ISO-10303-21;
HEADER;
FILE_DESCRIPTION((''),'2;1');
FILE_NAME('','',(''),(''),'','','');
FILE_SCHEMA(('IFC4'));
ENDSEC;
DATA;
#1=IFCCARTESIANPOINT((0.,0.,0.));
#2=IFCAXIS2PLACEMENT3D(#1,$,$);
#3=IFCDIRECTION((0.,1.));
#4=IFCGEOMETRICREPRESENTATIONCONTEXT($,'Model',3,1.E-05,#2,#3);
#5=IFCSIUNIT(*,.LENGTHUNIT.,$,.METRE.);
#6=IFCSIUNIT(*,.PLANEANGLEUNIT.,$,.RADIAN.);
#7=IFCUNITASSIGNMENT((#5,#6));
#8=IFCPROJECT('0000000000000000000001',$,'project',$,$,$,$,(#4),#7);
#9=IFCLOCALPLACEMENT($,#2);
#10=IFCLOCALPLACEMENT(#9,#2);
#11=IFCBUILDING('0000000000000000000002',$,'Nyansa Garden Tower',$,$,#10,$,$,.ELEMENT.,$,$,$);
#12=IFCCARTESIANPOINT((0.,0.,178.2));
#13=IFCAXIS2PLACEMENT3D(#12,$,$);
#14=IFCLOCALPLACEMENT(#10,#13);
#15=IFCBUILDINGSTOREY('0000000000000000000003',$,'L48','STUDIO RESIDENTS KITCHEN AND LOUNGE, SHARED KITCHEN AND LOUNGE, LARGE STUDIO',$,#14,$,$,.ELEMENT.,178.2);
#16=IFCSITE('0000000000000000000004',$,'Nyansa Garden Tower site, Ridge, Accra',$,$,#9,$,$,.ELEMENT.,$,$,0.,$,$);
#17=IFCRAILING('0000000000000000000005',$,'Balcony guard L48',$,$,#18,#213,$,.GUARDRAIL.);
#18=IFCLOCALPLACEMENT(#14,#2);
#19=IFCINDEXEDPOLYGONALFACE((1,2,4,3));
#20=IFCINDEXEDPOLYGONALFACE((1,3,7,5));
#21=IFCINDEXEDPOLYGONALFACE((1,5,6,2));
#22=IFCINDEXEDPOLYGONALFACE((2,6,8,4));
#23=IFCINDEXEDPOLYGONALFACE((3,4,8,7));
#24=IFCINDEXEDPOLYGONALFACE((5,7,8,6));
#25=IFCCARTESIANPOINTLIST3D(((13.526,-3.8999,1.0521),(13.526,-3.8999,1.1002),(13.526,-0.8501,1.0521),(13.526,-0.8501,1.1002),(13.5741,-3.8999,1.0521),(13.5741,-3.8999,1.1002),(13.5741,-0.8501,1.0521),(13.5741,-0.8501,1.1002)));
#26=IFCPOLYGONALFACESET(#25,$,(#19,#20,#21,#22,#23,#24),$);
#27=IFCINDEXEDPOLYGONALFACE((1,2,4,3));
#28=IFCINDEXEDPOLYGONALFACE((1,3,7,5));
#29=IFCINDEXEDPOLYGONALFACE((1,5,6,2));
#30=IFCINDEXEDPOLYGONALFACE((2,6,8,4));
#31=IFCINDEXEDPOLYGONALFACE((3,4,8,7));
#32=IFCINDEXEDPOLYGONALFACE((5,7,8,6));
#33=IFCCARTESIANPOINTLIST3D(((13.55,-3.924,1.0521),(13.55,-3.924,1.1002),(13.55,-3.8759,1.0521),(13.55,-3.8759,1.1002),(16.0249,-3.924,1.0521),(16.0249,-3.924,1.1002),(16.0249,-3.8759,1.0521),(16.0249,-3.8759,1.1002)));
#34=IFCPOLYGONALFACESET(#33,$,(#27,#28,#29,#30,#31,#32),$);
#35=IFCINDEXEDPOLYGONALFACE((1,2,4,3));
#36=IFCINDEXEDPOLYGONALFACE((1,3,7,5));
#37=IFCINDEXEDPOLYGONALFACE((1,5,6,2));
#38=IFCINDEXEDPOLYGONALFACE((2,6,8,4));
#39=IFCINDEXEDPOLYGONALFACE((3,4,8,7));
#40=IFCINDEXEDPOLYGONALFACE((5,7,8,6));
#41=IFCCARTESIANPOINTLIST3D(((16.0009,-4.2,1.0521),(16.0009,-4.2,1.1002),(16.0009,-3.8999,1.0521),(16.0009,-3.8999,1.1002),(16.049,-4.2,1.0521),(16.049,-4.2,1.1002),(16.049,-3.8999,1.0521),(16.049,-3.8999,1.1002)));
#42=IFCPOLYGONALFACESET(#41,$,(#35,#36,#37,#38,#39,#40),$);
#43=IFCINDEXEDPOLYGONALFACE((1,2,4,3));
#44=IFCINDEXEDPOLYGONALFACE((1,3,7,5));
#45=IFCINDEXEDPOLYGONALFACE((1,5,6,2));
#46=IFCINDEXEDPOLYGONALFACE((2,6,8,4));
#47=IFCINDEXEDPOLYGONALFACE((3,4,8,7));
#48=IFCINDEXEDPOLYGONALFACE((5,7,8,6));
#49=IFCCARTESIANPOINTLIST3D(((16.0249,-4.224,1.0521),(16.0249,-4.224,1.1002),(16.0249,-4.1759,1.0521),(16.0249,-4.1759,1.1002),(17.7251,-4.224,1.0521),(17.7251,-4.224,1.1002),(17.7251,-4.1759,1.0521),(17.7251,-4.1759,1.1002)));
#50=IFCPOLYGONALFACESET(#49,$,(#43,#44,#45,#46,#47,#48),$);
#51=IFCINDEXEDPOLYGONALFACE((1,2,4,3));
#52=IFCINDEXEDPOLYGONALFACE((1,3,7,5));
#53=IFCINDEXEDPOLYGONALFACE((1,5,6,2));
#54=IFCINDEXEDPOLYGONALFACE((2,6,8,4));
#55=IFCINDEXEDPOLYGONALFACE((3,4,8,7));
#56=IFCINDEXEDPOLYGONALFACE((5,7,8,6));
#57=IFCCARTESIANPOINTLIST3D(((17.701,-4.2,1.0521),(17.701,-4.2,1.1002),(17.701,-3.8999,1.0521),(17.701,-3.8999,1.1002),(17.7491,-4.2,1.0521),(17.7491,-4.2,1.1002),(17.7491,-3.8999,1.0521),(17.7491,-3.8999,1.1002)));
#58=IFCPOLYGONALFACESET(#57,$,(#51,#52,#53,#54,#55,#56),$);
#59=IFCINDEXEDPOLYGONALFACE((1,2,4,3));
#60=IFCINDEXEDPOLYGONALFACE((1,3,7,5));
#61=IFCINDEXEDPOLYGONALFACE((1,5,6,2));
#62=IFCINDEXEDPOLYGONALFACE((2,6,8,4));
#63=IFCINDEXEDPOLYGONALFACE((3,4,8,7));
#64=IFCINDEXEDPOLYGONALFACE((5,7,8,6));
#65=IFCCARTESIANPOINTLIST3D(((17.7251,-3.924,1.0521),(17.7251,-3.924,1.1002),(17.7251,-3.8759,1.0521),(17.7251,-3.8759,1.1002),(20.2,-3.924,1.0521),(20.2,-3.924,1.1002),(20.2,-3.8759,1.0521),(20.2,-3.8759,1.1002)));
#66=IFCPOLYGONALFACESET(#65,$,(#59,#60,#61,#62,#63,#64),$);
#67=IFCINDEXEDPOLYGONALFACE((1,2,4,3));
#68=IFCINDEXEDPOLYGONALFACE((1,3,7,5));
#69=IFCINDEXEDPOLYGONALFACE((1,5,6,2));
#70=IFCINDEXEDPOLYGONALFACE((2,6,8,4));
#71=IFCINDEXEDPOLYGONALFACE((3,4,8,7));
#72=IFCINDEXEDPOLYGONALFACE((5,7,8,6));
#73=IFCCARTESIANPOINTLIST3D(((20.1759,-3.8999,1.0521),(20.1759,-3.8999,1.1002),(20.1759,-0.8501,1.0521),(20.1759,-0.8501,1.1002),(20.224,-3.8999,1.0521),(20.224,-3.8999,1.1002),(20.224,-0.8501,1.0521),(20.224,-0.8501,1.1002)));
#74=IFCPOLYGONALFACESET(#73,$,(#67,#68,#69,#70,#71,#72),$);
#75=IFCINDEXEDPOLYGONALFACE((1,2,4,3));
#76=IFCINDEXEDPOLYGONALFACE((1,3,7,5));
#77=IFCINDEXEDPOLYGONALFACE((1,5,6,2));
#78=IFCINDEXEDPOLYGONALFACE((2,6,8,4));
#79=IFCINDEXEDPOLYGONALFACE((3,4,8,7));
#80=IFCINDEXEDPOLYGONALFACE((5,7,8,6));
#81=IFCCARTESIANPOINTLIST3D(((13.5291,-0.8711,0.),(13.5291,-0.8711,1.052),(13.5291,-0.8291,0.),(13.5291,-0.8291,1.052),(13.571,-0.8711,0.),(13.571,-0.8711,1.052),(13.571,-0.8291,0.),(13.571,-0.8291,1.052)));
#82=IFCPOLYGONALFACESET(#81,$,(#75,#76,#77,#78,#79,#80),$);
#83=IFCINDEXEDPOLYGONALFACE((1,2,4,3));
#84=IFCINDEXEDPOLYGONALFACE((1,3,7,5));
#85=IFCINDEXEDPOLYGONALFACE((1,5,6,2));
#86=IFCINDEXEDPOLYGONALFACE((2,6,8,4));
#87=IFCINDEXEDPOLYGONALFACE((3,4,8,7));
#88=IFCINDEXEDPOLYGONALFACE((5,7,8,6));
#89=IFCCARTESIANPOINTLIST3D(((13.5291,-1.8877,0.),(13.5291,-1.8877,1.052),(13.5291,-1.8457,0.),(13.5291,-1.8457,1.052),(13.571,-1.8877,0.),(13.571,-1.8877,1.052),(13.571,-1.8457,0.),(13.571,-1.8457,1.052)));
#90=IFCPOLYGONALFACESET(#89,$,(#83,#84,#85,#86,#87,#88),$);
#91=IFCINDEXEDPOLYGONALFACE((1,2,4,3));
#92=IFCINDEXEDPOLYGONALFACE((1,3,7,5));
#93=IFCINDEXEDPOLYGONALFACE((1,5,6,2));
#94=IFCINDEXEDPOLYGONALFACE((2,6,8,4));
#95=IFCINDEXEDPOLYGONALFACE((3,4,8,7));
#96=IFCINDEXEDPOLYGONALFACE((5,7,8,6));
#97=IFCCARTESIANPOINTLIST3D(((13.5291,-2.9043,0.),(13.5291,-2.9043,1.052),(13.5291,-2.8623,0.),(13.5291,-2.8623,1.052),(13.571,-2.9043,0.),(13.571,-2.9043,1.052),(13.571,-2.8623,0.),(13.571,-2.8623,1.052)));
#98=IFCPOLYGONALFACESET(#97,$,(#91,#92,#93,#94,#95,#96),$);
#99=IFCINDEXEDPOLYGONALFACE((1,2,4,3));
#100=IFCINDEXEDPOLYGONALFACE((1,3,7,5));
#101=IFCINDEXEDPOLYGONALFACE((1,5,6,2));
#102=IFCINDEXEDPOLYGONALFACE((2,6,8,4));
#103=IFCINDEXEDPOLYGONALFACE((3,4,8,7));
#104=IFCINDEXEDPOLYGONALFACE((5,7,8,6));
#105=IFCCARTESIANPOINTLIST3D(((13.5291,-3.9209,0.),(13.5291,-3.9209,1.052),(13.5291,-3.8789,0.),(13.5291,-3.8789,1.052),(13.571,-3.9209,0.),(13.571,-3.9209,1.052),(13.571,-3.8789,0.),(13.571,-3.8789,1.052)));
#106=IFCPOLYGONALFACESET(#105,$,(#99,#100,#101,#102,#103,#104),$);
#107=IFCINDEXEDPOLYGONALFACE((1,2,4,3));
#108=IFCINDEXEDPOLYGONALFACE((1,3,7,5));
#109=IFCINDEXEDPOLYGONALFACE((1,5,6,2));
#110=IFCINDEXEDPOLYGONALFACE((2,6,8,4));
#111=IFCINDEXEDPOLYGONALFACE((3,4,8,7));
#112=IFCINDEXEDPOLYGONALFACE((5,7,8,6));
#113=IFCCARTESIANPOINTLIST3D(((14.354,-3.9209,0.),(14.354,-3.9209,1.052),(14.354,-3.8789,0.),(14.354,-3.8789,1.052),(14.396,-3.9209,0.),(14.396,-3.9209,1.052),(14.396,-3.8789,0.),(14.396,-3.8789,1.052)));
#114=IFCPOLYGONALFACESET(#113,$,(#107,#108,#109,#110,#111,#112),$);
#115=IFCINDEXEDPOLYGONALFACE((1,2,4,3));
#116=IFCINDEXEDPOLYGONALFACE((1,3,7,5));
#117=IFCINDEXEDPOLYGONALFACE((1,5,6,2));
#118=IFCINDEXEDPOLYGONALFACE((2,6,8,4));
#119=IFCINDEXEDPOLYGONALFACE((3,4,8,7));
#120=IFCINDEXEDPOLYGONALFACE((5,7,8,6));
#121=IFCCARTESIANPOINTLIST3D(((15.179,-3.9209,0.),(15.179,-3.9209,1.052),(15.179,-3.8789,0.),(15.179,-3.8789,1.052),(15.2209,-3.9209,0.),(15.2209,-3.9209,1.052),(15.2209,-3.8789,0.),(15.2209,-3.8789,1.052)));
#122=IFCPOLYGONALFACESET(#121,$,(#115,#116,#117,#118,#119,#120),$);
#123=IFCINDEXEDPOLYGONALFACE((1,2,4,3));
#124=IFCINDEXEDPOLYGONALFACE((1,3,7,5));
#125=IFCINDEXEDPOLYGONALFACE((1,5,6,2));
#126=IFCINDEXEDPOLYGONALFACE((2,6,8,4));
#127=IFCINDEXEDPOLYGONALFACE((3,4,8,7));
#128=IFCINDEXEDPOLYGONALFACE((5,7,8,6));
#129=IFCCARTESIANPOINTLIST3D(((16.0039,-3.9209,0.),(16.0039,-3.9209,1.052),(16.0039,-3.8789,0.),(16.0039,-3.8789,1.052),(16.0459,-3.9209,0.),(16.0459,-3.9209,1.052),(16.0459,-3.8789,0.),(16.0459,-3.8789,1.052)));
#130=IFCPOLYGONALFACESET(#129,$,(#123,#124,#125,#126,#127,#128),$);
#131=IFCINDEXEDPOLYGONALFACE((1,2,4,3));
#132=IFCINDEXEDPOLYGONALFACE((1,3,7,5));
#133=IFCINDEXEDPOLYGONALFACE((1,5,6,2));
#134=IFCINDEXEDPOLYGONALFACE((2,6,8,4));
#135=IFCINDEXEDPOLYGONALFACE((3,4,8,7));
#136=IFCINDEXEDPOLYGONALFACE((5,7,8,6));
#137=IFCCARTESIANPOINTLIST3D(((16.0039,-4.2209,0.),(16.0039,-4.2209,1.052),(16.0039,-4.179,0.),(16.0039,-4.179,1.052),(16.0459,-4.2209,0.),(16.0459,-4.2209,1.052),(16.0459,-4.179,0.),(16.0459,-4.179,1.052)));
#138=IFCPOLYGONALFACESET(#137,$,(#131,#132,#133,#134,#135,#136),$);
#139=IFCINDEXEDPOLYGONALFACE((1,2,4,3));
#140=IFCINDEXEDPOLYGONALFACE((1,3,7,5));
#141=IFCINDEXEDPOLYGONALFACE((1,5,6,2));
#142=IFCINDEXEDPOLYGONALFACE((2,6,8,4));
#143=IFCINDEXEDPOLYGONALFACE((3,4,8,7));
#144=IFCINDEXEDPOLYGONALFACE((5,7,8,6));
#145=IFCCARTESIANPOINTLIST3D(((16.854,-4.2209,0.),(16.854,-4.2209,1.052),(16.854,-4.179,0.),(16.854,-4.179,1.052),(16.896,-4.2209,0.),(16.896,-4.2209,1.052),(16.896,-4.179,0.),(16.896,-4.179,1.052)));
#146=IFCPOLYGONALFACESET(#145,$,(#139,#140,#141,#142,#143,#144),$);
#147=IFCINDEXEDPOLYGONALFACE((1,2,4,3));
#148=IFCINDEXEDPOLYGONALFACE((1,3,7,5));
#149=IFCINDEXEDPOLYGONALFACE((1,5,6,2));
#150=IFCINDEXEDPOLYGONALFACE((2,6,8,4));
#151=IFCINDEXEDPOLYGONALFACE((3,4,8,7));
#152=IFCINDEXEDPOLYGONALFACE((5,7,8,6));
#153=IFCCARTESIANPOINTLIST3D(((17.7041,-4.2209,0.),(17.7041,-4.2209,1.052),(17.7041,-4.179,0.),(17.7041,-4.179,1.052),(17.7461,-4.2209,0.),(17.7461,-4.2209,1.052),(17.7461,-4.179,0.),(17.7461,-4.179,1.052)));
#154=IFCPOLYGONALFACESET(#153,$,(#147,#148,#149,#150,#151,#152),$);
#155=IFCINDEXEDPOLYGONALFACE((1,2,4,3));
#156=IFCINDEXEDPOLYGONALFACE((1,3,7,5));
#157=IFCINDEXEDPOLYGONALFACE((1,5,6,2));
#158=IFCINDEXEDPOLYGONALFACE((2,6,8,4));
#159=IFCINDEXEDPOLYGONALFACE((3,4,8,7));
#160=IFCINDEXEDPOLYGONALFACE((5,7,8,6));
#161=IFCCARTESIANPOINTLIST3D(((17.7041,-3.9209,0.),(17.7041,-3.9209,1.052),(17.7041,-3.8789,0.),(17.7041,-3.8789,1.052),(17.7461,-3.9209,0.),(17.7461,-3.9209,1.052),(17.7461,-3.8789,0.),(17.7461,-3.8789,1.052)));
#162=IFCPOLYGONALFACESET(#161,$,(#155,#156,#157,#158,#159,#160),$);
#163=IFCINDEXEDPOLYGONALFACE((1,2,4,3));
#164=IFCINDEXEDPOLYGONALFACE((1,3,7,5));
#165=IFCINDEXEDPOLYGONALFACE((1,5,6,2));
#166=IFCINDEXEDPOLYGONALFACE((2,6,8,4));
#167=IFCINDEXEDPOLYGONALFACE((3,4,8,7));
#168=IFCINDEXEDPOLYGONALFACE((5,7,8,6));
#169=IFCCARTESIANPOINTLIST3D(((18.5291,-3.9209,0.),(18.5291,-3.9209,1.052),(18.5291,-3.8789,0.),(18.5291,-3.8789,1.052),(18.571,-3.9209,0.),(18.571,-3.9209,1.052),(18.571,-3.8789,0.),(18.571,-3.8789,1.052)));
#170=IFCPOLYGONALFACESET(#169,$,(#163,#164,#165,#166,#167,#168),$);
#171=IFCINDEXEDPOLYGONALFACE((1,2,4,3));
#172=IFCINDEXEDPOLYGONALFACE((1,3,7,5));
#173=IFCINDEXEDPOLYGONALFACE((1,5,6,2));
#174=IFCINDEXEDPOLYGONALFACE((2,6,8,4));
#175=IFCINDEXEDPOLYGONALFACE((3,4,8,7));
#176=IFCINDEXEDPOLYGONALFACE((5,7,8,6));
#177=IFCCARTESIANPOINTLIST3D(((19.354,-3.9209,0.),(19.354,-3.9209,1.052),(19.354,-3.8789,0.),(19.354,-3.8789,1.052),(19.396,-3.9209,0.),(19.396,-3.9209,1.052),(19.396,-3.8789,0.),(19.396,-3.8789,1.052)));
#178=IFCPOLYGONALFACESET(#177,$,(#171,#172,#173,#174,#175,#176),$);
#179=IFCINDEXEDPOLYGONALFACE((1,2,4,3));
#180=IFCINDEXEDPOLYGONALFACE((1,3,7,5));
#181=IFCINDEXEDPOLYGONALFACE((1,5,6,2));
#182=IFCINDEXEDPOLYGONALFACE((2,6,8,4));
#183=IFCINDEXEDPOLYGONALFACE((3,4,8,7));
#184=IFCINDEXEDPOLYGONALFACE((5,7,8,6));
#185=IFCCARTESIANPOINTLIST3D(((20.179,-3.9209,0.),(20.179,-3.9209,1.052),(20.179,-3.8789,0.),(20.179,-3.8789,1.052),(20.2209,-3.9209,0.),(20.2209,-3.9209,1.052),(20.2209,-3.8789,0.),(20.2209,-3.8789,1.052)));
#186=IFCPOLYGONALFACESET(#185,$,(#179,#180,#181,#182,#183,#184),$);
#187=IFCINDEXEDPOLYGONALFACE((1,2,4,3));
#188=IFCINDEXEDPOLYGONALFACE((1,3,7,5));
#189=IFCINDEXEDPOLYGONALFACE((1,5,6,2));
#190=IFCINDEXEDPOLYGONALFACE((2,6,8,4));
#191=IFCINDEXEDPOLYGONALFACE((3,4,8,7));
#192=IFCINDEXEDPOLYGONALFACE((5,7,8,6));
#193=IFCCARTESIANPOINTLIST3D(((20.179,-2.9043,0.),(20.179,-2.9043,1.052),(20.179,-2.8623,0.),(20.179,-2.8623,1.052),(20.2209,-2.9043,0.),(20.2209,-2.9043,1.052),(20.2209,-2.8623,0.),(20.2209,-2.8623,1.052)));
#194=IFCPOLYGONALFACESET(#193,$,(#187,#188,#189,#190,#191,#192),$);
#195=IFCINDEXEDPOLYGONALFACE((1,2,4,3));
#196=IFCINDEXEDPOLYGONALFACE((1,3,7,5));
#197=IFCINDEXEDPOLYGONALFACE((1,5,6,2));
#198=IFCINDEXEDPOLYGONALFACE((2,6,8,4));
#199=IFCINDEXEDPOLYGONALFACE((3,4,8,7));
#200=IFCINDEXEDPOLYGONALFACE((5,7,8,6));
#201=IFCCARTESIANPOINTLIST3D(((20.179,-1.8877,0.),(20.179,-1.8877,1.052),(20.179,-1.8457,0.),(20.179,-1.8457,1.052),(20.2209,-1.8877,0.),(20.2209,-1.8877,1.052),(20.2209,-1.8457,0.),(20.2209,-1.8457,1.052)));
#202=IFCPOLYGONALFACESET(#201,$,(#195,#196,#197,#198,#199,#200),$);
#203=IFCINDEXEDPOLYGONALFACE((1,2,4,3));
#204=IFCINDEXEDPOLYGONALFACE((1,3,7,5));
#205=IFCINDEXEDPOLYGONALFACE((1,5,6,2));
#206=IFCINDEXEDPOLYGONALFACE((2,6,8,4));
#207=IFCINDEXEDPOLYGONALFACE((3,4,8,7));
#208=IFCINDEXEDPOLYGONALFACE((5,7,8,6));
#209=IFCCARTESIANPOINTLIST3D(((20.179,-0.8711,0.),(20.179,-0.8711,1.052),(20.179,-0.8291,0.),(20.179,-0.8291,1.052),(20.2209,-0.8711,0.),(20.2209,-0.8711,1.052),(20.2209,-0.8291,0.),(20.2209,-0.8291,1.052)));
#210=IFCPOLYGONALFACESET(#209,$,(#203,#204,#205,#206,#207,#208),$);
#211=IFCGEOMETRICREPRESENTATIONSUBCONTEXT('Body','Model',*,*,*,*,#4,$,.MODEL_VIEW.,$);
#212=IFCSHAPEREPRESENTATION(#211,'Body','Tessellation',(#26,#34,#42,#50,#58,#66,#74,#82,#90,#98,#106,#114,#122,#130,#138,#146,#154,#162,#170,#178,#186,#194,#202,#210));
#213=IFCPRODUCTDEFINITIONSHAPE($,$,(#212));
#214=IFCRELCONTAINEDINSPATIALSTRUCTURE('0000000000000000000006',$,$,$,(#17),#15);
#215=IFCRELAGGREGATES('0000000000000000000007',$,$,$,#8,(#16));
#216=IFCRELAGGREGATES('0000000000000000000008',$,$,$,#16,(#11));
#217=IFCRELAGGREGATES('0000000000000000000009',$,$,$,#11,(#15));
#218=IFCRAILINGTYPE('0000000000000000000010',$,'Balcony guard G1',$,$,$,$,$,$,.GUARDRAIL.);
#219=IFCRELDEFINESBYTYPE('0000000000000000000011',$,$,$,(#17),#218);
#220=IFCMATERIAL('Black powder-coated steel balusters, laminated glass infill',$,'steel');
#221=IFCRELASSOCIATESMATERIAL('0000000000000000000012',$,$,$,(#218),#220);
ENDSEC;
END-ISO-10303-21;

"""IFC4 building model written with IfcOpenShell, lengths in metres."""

from ifc_helpers import new_model, si_unit, direction, frame, origin, origin_2d, place, context, subcontext, project, spatial, rectangle, extrude, material, type_object, element, save


model = new_model("IFC4")

# Units and contexts
model_context = context("Model", 3, precision=1e-05, world=origin(), true_north=direction((0.0, 1.0)))
body_context = subcontext(model_context, "Body", "Model", "MODEL_VIEW")
ifc_project = project(units=[si_unit("LENGTHUNIT", "METRE"), si_unit("PLANEANGLEUNIT", "RADIAN")], contexts=[model_context])

# Site, building, storey
site_placement = place(None, origin())
site = spatial("IfcSite", under=ifc_project, at=site_placement, Name="Nyansa Garden Tower site, Ridge, Accra", CompositionType="ELEMENT", RefElevation=0.0)
building_placement = place(site_placement, origin())
building = spatial("IfcBuilding", under=site, at=building_placement, Name="Nyansa Garden Tower", CompositionType="ELEMENT")
storey_placement = place(building_placement, frame((0.0, 0.0, 178.2)))
storey = spatial("IfcBuildingStorey", under=building, at=storey_placement, Name="L48", Description="STUDIO RESIDENTS KITCHEN AND LOUNGE, SHARED KITCHEN AND LOUNGE, LARGE STUDIO", CompositionType="ELEMENT", Elevation=178.2)

# Railing
ifc_material_1 = material(Name="Black powder-coated steel balusters, laminated glass infill", Category="steel")
railing_type = type_object("IfcRailingType", Name="Balcony guard G1", PredefinedType="GUARDRAIL", material=ifc_material_1)
railing_placement = place(storey_placement, frame((13.55, -0.8501, 0.0)))
element("IfcRailing", 1, at=railing_placement, inside=storey, type_object=railing_type, Name="Balcony guard L48", PredefinedType="GUARDRAIL", context=body_context, shape_type="SweptSolid", body=[
    extrude(rectangle(XDim=0.0481, YDim=0.0481, at=origin_2d()), frame((0.0, 0.0, 1.0762), z_axis=(0.0, -1.0, 0.0), x_axis=(1.0, 0.0, 0.0)), (0.0, 0.0, 1.0), 3.0498),
    extrude(rectangle(XDim=0.0481, YDim=0.0481, at=origin_2d()), frame((0.0, -3.0498, 1.0762), z_axis=(1.0, 0.0, 0.0), x_axis=(0.0, 1.0, 0.0)), (0.0, 0.0, 1.0), 2.4749),
    extrude(rectangle(XDim=0.0481, YDim=0.0481, at=origin_2d()), frame((2.4749, -3.0498, 1.0762), z_axis=(0.0, -1.0, 0.0), x_axis=(1.0, 0.0, 0.0)), (0.0, 0.0, 1.0), 0.3),
    extrude(rectangle(XDim=0.0481, YDim=0.0481, at=origin_2d()), frame((2.4749, -3.3499, 1.0762), z_axis=(1.0, 0.0, 0.0), x_axis=(0.0, 1.0, 0.0)), (0.0, 0.0, 1.0), 1.7002),
    extrude(rectangle(XDim=0.0481, YDim=0.0481, at=origin_2d()), frame((4.175, -3.3499, 1.0762), z_axis=(0.0, 1.0, 0.0), x_axis=(-1.0, 0.0, 0.0)), (0.0, 0.0, 1.0), 0.3),
    extrude(rectangle(XDim=0.0481, YDim=0.0481, at=origin_2d()), frame((4.175, -3.0498, 1.0762), z_axis=(1.0, 0.0, 0.0), x_axis=(0.0, 1.0, 0.0)), (0.0, 0.0, 1.0), 2.4749),
    extrude(rectangle(XDim=0.0481, YDim=0.0481, at=origin_2d()), frame((6.6499, -3.0498, 1.0762), z_axis=(0.0, 1.0, 0.0), x_axis=(-1.0, 0.0, 0.0)), (0.0, 0.0, 1.0), 3.0498),
    extrude(rectangle(XDim=0.042, YDim=0.042, at=origin_2d()), origin(), (0.0, 0.0, 1.0), 1.052),
    extrude(rectangle(XDim=0.042, YDim=0.042, at=origin_2d()), frame((0.0, -1.0166, 0.0)), (0.0, 0.0, 1.0), 1.052),
    extrude(rectangle(XDim=0.042, YDim=0.042, at=origin_2d()), frame((0.0, -2.0332, 0.0)), (0.0, 0.0, 1.0), 1.052),
    extrude(rectangle(XDim=0.042, YDim=0.042, at=origin_2d()), frame((0.0, -3.0498, 0.0)), (0.0, 0.0, 1.0), 1.052),
    extrude(rectangle(XDim=0.042, YDim=0.042, at=origin_2d()), frame((0.825, -3.0498, 0.0)), (0.0, 0.0, 1.0), 1.052),
    extrude(rectangle(XDim=0.042, YDim=0.042, at=origin_2d()), frame((1.6499, -3.0498, 0.0)), (0.0, 0.0, 1.0), 1.052),
    extrude(rectangle(XDim=0.042, YDim=0.042, at=origin_2d()), frame((2.4749, -3.0498, 0.0)), (0.0, 0.0, 1.0), 1.052),
    extrude(rectangle(XDim=0.042, YDim=0.042, at=origin_2d()), frame((2.4749, -3.3499, 0.0)), (0.0, 0.0, 1.0), 1.052),
    extrude(rectangle(XDim=0.042, YDim=0.042, at=origin_2d()), frame((3.325, -3.3499, 0.0)), (0.0, 0.0, 1.0), 1.052),
    extrude(rectangle(XDim=0.042, YDim=0.042, at=origin_2d()), frame((4.175, -3.3499, 0.0)), (0.0, 0.0, 1.0), 1.052),
    extrude(rectangle(XDim=0.042, YDim=0.042, at=origin_2d()), frame((4.175, -3.0498, 0.0)), (0.0, 0.0, 1.0), 1.052),
    extrude(rectangle(XDim=0.042, YDim=0.042, at=origin_2d()), frame((5.0, -3.0498, 0.0)), (0.0, 0.0, 1.0), 1.052),
    extrude(rectangle(XDim=0.042, YDim=0.042, at=origin_2d()), frame((5.825, -3.0498, 0.0)), (0.0, 0.0, 1.0), 1.052),
    extrude(rectangle(XDim=0.042, YDim=0.042, at=origin_2d()), frame((6.6499, -3.0498, 0.0)), (0.0, 0.0, 1.0), 1.052),
    extrude(rectangle(XDim=0.042, YDim=0.042, at=origin_2d()), frame((6.6499, -2.0332, 0.0)), (0.0, 0.0, 1.0), 1.052),
    extrude(rectangle(XDim=0.042, YDim=0.042, at=origin_2d()), frame((6.6499, -1.0166, 0.0)), (0.0, 0.0, 1.0), 1.052),
    extrude(rectangle(XDim=0.042, YDim=0.042, at=origin_2d()), frame((6.6499, 0.0, 0.0)), (0.0, 0.0, 1.0), 1.052),
])

save(model, "model.ifc")
